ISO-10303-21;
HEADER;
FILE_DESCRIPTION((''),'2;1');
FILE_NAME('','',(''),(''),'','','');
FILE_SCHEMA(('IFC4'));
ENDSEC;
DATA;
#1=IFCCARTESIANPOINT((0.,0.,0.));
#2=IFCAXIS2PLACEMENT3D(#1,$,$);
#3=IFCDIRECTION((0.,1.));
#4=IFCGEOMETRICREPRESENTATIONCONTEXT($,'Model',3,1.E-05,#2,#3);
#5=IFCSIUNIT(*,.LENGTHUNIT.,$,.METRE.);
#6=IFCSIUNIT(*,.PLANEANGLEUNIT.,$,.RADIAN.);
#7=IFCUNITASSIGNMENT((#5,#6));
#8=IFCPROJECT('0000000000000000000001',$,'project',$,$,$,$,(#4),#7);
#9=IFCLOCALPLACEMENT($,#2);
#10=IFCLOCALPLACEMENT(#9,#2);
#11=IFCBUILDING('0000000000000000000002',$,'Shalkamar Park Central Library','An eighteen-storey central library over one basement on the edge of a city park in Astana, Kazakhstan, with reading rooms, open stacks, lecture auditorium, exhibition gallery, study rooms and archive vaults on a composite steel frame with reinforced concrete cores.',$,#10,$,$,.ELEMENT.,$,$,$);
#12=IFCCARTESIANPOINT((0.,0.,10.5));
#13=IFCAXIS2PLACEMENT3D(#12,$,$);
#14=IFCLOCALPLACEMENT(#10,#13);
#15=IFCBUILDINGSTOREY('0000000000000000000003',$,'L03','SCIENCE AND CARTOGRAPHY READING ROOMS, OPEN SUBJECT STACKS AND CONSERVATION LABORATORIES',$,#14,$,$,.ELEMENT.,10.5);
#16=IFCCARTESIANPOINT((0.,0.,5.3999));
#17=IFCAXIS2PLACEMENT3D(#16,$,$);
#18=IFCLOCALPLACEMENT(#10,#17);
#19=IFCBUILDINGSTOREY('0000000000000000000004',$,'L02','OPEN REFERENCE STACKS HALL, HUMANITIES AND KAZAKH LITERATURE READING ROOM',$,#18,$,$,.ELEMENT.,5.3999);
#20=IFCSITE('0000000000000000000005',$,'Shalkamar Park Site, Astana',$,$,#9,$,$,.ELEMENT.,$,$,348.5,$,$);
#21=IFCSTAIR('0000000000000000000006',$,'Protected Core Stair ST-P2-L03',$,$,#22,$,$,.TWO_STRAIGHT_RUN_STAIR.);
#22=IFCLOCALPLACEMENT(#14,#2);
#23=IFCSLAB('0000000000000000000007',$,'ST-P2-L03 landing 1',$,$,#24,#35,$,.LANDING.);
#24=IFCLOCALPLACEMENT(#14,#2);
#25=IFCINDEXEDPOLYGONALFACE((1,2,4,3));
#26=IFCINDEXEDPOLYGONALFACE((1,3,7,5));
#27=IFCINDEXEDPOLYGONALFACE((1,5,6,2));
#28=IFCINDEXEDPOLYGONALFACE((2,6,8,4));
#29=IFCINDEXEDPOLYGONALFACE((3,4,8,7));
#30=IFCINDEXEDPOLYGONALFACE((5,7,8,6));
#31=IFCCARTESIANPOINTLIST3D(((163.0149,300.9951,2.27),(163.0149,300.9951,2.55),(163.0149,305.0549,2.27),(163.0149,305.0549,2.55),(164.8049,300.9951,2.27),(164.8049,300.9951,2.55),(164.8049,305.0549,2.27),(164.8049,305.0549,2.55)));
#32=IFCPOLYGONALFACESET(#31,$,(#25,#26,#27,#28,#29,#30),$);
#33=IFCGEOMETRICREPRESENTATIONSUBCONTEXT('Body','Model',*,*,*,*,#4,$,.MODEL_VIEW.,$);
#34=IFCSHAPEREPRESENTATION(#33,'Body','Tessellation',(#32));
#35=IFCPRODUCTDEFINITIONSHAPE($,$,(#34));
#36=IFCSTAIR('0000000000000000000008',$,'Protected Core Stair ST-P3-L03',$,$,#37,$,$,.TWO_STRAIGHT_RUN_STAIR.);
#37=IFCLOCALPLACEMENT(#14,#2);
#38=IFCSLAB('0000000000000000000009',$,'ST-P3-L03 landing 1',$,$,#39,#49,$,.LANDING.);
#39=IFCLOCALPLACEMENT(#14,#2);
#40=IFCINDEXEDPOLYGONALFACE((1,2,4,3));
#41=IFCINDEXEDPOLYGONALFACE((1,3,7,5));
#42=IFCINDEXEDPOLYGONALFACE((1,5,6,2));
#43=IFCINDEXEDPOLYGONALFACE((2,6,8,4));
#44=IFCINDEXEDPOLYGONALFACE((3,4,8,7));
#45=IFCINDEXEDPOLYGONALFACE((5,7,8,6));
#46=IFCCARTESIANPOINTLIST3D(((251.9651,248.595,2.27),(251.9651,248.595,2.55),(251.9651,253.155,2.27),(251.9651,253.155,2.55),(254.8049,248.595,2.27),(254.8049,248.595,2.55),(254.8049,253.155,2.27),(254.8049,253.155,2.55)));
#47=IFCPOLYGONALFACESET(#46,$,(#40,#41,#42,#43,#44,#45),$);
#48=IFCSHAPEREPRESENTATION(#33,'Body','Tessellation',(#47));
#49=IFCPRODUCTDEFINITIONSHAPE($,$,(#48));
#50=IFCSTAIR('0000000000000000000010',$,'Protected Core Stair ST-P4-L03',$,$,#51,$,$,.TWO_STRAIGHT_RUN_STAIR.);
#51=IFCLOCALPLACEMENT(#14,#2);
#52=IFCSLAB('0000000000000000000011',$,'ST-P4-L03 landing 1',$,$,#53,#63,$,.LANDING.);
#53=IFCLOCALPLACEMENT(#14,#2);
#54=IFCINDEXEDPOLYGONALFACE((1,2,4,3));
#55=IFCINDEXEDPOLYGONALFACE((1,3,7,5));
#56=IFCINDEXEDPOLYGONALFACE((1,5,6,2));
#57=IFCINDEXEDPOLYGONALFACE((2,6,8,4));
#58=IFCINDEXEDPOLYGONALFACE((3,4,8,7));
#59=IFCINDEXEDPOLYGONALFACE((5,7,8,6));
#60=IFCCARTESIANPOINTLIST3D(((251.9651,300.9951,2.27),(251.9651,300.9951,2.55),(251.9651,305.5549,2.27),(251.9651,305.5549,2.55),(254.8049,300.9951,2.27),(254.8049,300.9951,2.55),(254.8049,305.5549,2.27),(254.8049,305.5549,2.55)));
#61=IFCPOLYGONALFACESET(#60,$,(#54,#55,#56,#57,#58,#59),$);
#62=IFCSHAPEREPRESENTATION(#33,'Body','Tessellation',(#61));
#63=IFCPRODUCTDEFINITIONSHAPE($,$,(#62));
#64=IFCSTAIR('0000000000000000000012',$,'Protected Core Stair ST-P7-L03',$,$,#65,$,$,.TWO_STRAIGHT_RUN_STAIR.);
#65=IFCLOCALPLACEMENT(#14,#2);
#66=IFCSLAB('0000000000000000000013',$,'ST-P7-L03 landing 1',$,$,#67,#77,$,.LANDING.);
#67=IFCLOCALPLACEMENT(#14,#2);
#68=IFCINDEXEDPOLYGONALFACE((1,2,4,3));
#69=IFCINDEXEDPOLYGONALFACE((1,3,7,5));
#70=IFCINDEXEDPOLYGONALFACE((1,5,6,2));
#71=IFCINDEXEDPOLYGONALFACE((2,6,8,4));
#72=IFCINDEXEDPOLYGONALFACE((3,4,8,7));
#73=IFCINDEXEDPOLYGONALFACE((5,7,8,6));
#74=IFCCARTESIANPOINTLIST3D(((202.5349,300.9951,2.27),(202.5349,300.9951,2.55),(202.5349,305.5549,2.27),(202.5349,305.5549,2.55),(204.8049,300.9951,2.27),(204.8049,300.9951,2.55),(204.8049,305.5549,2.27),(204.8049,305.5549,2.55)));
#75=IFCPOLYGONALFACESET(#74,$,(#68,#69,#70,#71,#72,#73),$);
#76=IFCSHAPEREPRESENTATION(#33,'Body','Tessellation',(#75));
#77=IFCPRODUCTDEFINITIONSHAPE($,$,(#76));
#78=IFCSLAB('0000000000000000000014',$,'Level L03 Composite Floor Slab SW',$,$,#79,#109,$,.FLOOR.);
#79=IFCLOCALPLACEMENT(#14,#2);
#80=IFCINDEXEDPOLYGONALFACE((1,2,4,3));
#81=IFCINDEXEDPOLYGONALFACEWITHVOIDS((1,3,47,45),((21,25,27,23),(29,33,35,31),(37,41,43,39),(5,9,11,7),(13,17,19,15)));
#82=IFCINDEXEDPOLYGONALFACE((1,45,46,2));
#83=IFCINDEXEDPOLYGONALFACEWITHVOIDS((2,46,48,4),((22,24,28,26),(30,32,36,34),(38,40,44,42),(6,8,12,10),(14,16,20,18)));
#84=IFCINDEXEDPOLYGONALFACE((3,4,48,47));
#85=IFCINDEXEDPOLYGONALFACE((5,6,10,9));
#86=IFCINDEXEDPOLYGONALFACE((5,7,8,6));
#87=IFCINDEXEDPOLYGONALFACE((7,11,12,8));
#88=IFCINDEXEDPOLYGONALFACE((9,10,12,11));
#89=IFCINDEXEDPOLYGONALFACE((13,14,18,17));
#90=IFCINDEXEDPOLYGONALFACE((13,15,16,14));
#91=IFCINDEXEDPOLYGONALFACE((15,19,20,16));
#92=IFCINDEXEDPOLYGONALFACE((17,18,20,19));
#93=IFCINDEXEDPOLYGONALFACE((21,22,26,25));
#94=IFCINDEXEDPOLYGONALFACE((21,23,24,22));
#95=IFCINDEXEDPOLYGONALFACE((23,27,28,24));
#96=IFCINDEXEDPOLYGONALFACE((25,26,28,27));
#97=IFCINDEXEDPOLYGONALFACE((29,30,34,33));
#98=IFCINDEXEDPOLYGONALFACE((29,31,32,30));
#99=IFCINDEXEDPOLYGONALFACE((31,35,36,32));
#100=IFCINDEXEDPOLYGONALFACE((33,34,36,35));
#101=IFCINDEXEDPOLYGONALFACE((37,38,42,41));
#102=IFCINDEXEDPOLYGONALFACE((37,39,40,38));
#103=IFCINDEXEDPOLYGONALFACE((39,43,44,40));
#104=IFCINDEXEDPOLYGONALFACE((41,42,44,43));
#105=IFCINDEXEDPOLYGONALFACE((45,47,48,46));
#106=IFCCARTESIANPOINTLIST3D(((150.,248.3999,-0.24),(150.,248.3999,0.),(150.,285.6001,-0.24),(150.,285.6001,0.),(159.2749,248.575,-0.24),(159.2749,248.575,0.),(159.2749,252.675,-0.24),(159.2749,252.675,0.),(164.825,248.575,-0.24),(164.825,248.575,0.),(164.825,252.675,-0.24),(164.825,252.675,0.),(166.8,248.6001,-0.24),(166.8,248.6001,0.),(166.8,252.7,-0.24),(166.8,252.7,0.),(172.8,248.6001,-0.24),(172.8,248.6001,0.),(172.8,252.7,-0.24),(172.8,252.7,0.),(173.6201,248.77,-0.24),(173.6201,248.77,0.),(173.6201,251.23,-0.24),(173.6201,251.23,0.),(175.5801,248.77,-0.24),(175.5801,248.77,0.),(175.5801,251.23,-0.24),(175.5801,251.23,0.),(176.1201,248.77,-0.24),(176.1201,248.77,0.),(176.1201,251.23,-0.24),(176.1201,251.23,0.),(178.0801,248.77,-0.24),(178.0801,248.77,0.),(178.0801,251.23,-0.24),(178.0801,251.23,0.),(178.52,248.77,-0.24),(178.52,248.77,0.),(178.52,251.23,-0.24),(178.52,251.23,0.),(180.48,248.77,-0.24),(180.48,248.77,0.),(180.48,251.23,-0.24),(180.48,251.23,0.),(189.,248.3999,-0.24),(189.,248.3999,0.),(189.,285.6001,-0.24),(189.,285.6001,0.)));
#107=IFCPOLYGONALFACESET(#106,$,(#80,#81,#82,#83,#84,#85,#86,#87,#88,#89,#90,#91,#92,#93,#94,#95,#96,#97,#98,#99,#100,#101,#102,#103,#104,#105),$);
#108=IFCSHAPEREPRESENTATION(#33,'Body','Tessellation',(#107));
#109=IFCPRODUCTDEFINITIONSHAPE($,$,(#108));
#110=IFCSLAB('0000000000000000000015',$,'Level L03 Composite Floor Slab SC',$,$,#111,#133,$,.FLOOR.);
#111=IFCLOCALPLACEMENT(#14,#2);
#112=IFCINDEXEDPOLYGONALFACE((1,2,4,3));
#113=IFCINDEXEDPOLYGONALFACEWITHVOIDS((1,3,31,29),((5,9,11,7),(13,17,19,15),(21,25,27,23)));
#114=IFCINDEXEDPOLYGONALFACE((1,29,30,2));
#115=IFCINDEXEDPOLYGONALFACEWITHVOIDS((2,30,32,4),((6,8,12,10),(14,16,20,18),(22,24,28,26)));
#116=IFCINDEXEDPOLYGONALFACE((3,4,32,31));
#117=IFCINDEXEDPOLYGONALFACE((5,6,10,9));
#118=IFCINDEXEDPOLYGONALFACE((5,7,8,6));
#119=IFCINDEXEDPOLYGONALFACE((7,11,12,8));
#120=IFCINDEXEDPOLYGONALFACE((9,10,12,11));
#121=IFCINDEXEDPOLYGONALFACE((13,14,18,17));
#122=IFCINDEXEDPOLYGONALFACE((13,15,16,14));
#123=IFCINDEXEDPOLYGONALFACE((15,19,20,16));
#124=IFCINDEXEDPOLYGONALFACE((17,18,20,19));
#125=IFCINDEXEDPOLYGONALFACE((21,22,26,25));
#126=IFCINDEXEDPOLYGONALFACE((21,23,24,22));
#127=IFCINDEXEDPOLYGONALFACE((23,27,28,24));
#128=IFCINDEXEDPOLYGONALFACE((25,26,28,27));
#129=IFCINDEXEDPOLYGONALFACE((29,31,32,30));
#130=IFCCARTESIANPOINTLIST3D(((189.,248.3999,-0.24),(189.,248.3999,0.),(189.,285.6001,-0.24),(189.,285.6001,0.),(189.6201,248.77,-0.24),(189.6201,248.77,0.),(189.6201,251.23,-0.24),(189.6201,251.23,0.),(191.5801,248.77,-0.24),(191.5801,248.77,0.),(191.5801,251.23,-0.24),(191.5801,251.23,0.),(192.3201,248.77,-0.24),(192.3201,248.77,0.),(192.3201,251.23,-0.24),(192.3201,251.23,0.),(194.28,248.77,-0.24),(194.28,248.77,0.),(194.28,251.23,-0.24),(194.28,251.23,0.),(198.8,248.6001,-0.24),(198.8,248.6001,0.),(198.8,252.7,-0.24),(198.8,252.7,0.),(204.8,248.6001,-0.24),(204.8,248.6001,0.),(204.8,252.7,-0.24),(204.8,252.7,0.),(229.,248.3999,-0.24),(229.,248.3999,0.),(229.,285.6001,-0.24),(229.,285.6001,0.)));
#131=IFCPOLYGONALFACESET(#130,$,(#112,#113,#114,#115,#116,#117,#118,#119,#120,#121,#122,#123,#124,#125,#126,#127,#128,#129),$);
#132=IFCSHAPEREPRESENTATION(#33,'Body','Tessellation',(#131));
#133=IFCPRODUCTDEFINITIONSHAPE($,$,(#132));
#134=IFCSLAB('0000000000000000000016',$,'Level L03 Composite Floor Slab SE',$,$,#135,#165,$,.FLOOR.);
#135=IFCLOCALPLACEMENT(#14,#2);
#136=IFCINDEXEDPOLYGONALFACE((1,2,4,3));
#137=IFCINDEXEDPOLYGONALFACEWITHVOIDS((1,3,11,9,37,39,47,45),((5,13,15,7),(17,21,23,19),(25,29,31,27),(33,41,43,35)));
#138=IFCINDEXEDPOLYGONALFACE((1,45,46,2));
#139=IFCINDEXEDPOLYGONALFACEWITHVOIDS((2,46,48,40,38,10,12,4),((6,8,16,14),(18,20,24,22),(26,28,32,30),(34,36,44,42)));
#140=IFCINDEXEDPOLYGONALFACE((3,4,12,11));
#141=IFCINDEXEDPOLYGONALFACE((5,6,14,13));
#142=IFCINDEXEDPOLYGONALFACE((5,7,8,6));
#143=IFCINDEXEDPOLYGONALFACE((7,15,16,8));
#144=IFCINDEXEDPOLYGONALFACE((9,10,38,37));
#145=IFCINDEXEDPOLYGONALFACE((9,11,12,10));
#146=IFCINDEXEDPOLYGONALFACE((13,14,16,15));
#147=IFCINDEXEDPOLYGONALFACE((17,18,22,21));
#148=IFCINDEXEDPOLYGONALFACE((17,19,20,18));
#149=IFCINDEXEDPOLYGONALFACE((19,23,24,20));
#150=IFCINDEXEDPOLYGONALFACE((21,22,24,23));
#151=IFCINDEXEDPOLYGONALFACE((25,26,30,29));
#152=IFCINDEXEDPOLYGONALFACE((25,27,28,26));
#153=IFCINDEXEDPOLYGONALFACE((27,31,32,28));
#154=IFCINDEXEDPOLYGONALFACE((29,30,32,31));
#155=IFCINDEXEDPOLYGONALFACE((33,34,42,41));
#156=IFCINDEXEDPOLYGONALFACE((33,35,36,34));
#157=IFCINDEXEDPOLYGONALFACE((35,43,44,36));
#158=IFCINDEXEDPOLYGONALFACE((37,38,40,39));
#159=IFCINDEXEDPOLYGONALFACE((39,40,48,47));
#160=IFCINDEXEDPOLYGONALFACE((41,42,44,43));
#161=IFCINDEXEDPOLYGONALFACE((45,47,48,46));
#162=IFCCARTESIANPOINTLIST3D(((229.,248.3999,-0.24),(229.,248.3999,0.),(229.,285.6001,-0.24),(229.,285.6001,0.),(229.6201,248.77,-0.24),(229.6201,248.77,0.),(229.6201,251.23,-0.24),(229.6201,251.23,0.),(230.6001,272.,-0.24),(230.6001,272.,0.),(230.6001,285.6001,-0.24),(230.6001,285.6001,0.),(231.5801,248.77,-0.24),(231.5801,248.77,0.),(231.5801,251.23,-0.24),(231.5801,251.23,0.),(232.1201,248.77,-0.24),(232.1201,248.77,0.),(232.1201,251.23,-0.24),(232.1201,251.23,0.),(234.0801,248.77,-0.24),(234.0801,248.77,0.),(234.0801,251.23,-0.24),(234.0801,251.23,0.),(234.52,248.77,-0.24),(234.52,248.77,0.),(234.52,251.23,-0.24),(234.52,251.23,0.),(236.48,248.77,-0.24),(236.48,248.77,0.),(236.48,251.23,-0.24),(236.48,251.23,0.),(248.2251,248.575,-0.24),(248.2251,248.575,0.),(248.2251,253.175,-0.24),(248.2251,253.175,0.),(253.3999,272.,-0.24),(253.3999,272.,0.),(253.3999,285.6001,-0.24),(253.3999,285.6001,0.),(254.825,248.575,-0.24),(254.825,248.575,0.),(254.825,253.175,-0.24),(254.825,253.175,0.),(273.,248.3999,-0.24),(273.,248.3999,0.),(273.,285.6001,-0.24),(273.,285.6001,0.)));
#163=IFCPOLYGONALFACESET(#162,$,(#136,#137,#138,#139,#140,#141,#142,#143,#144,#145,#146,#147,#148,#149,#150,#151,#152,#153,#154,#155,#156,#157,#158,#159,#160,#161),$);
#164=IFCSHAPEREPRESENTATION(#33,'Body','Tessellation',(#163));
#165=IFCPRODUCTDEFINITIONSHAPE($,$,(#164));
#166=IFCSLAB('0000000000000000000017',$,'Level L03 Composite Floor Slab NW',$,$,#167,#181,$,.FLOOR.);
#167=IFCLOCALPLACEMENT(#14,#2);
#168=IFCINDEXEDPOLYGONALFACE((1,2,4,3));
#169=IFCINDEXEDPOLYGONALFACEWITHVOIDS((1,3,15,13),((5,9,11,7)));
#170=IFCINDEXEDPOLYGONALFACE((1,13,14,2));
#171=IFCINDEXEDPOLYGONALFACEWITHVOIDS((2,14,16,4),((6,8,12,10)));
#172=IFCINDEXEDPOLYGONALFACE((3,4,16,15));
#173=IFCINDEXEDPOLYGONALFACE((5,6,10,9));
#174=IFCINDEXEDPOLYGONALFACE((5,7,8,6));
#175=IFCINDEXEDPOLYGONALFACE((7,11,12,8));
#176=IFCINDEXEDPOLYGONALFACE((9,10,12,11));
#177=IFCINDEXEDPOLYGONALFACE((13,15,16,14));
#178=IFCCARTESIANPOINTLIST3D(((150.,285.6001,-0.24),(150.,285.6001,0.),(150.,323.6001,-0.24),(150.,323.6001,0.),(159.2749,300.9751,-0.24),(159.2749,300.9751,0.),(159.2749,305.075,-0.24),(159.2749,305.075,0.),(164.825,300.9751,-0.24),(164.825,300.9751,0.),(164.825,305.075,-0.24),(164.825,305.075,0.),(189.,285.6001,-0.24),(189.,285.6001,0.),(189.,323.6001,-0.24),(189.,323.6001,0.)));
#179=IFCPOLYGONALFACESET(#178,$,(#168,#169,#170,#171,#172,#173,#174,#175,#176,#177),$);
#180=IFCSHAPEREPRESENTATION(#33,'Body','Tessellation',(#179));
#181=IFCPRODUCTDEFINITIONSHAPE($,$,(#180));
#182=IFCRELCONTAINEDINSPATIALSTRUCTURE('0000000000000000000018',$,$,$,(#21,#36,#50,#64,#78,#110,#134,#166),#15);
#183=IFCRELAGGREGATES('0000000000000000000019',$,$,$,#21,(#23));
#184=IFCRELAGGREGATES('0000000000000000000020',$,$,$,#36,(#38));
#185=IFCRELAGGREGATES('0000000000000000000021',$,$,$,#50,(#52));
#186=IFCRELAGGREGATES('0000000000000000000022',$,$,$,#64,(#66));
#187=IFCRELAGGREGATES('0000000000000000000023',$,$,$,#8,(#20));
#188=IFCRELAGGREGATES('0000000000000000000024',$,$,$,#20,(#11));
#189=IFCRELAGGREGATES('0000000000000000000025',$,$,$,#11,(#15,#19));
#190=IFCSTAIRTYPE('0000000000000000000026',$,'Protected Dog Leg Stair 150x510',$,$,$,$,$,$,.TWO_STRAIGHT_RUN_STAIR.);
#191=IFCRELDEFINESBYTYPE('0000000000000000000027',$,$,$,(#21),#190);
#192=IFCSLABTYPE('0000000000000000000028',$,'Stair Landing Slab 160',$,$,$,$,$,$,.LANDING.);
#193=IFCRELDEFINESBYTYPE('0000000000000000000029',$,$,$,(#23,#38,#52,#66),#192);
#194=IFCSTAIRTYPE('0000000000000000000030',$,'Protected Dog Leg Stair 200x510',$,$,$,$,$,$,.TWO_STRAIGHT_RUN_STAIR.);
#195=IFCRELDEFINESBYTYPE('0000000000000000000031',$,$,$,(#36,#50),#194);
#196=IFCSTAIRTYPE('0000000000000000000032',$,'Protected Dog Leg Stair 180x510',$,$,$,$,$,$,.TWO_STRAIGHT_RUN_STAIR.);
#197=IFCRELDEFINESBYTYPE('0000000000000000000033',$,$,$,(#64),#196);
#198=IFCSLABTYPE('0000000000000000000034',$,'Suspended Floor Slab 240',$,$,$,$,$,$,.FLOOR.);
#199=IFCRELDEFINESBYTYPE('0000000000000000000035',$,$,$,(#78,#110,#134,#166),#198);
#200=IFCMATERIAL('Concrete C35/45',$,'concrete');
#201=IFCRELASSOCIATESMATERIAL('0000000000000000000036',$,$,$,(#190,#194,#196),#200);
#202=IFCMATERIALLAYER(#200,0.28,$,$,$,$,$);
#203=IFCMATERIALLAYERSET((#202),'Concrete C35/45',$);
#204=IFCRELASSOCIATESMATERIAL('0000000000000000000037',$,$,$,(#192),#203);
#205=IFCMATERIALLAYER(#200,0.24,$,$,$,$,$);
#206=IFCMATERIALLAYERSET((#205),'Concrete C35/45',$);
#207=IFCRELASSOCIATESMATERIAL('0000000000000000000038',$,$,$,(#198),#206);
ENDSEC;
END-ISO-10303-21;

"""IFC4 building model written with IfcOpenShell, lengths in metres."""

from ifc_helpers import new_model, si_unit, direction, frame, origin, place, context, subcontext, project, spatial, polyline, outline, extrude, material, layer, layer_set, type_object, element, aggregate, save


model = new_model("IFC4")

# Units and contexts
model_context = context("Model", 3, precision=1e-05, world=origin(), true_north=direction((0.0, 1.0)))
body_context = subcontext(model_context, "Body", "Model", "MODEL_VIEW")
ifc_project = project(units=[si_unit("LENGTHUNIT", "METRE"), si_unit("PLANEANGLEUNIT", "RADIAN")], contexts=[model_context])

# Site, building, storey
site_placement = place(None, origin())
site = spatial("IfcSite", under=ifc_project, at=site_placement, Name="Shalkamar Park Site, Astana", CompositionType="ELEMENT", RefElevation=348.5)
building_placement = place(site_placement, origin())
building = spatial("IfcBuilding", under=site, at=building_placement, Name="Shalkamar Park Central Library", Description="An eighteen-storey central library over one basement on the edge of a city park in Astana, Kazakhstan, with reading rooms, open stacks, lecture auditorium, exhibition gallery, study rooms and archive vaults on a composite steel frame with reinforced concrete cores.", CompositionType="ELEMENT")
storey_1_placement = place(building_placement, frame((0.0, 0.0, 10.5)))
storey_1 = spatial("IfcBuildingStorey", under=building, at=storey_1_placement, Name="L03", Description="SCIENCE AND CARTOGRAPHY READING ROOMS, OPEN SUBJECT STACKS AND CONSERVATION LABORATORIES", CompositionType="ELEMENT", Elevation=10.5)

# Shared definitions
ifc_material_1 = material(Name="Concrete C35/45", Category="concrete")

# Shared definitions
storey_2_placement = place(building_placement, frame((0.0, 0.0, 5.3999)))
storey_2 = spatial("IfcBuildingStorey", under=building, at=storey_2_placement, Name="L02", Description="OPEN REFERENCE STACKS HALL, HUMANITIES AND KAZAKH LITERATURE READING ROOM", CompositionType="ELEMENT", Elevation=5.3999)

# Stairs, slabs
stair_type_1 = type_object("IfcStairType", Name="Protected Dog Leg Stair 150x510", PredefinedType="TWO_STRAIGHT_RUN_STAIR", material=ifc_material_1)
ifc_layer_1 = layer(ifc_material_1, 0.28)
ifc_layer_set_1 = layer_set([ifc_layer_1], Name="Concrete C35/45")
slab_type_1 = type_object("IfcSlabType", Name="Stair Landing Slab 160", PredefinedType="LANDING", material=ifc_layer_set_1)
stair_1_placement = place(storey_1_placement, origin())
stair_1 = element("IfcStair", 1, at=stair_1_placement, inside=storey_1, type_object=stair_type_1, Name="Protected Core Stair ST-P2-L03", PredefinedType="TWO_STRAIGHT_RUN_STAIR")
slab_1_placement = place(storey_1_placement, frame((0.0, 0.0, 2.27)))
slab_1 = element("IfcSlab", 2, at=slab_1_placement, type_object=slab_type_1, Name="ST-P2-L03 landing 1", PredefinedType="LANDING", context=body_context, shape_type="SweptSolid", body=[
    extrude(outline(polyline([(163.0149, 300.9951), (164.8049, 300.9951), (164.8049, 305.0549), (163.0149, 305.0549), (163.0149, 300.9951)])), origin(), (0.0, 0.0, 1.0), 0.28),
])
aggregate(stair_1, [slab_1])
stair_type_2 = type_object("IfcStairType", Name="Protected Dog Leg Stair 200x510", PredefinedType="TWO_STRAIGHT_RUN_STAIR", material=ifc_material_1)
stair_2_placement = place(storey_1_placement, origin())
stair_2 = element("IfcStair", 3, at=stair_2_placement, inside=storey_1, type_object=stair_type_2, Name="Protected Core Stair ST-P3-L03", PredefinedType="TWO_STRAIGHT_RUN_STAIR")
slab_2_placement = place(storey_1_placement, frame((0.0, 0.0, 2.27)))
slab_2 = element("IfcSlab", 4, at=slab_2_placement, type_object=slab_type_1, Name="ST-P3-L03 landing 1", PredefinedType="LANDING", context=body_context, shape_type="SweptSolid", body=[
    extrude(outline(polyline([(251.9651, 248.595), (254.8049, 248.595), (254.8049, 253.155), (251.9651, 253.155), (251.9651, 248.595)])), origin(), (0.0, 0.0, 1.0), 0.28),
])
aggregate(stair_2, [slab_2])
stair_3_placement = place(storey_1_placement, origin())
stair_3 = element("IfcStair", 5, at=stair_3_placement, inside=storey_1, type_object=stair_type_2, Name="Protected Core Stair ST-P4-L03", PredefinedType="TWO_STRAIGHT_RUN_STAIR")
slab_3_placement = place(storey_1_placement, frame((0.0, 0.0, 2.27)))
slab_3 = element("IfcSlab", 6, at=slab_3_placement, type_object=slab_type_1, Name="ST-P4-L03 landing 1", PredefinedType="LANDING", context=body_context, shape_type="SweptSolid", body=[
    extrude(outline(polyline([(251.9651, 300.9951), (254.8049, 300.9951), (254.8049, 305.5549), (251.9651, 305.5549), (251.9651, 300.9951)])), origin(), (0.0, 0.0, 1.0), 0.28),
])
aggregate(stair_3, [slab_3])
stair_type_3 = type_object("IfcStairType", Name="Protected Dog Leg Stair 180x510", PredefinedType="TWO_STRAIGHT_RUN_STAIR", material=ifc_material_1)
stair_4_placement = place(storey_1_placement, origin())
stair_4 = element("IfcStair", 7, at=stair_4_placement, inside=storey_1, type_object=stair_type_3, Name="Protected Core Stair ST-P7-L03", PredefinedType="TWO_STRAIGHT_RUN_STAIR")
slab_4_placement = place(storey_1_placement, frame((0.0, 0.0, 2.27)))
slab_4 = element("IfcSlab", 8, at=slab_4_placement, type_object=slab_type_1, Name="ST-P7-L03 landing 1", PredefinedType="LANDING", context=body_context, shape_type="SweptSolid", body=[
    extrude(outline(polyline([(202.5349, 300.9951), (204.8049, 300.9951), (204.8049, 305.5549), (202.5349, 305.5549), (202.5349, 300.9951)])), origin(), (0.0, 0.0, 1.0), 0.28),
])
aggregate(stair_4, [slab_4])

# Slabs
ifc_layer_2 = layer(ifc_material_1, 0.24)
ifc_layer_set_2 = layer_set([ifc_layer_2], Name="Concrete C35/45")
slab_type_2 = type_object("IfcSlabType", Name="Suspended Floor Slab 240", PredefinedType="FLOOR", material=ifc_layer_set_2)
slab_5_placement = place(storey_1_placement, frame((0.0, 0.0, -0.24)))
element("IfcSlab", 9, at=slab_5_placement, inside=storey_1, type_object=slab_type_2, Name="Level L03 Composite Floor Slab SW", PredefinedType="FLOOR", context=body_context, shape_type="SweptSolid", body=[
    extrude(outline(polyline([(150.0, 248.3999), (150.0, 285.6001), (189.0, 285.6001), (189.0, 248.3999), (150.0, 248.3999)]), holes=[polyline([(175.5801, 251.23), (173.6201, 251.23), (173.6201, 248.77), (175.5801, 248.77), (175.5801, 251.23)]), polyline([(178.0801, 251.23), (176.1201, 251.23), (176.1201, 248.77), (178.0801, 248.77), (178.0801, 251.23)]), polyline([(180.48, 251.23), (178.52, 251.23), (178.52, 248.77), (180.48, 248.77), (180.48, 251.23)]), polyline([(164.825, 252.675), (159.2749, 252.675), (159.2749, 248.575), (164.825, 248.575), (164.825, 252.675)]), polyline([(172.8, 252.7), (166.8, 252.7), (166.8, 248.6001), (172.8, 248.6001), (172.8, 252.7)])]), origin(), (0.0, 0.0, 1.0), 0.24),
])
slab_6_placement = place(storey_1_placement, frame((0.0, 0.0, -0.24)))
element("IfcSlab", 10, at=slab_6_placement, inside=storey_1, type_object=slab_type_2, Name="Level L03 Composite Floor Slab SC", PredefinedType="FLOOR", context=body_context, shape_type="SweptSolid", body=[
    extrude(outline(polyline([(189.0, 248.3999), (189.0, 285.6001), (229.0, 285.6001), (229.0, 248.3999), (189.0, 248.3999)]), holes=[polyline([(191.5801, 251.23), (189.6201, 251.23), (189.6201, 248.77), (191.5801, 248.77), (191.5801, 251.23)]), polyline([(194.28, 251.23), (192.3201, 251.23), (192.3201, 248.77), (194.28, 248.77), (194.28, 251.23)]), polyline([(204.8, 252.7), (198.8, 252.7), (198.8, 248.6001), (204.8, 248.6001), (204.8, 252.7)])]), origin(), (0.0, 0.0, 1.0), 0.24),
])
slab_7_placement = place(storey_1_placement, frame((0.0, 0.0, -0.24)))
element("IfcSlab", 11, at=slab_7_placement, inside=storey_1, type_object=slab_type_2, Name="Level L03 Composite Floor Slab SE", PredefinedType="FLOOR", context=body_context, shape_type="SweptSolid", body=[
    extrude(outline(polyline([(273.0, 285.6001), (273.0, 248.3999), (229.0, 248.3999), (229.0, 285.6001), (230.6001, 285.6001), (230.6001, 272.0), (253.3999, 272.0), (253.3999, 285.6001), (273.0, 285.6001)]), holes=[polyline([(231.5801, 251.23), (229.6201, 251.23), (229.6201, 248.77), (231.5801, 248.77), (231.5801, 251.23)]), polyline([(234.0801, 251.23), (232.1201, 251.23), (232.1201, 248.77), (234.0801, 248.77), (234.0801, 251.23)]), polyline([(236.48, 251.23), (234.52, 251.23), (234.52, 248.77), (236.48, 248.77), (236.48, 251.23)]), polyline([(254.825, 253.175), (248.2251, 253.175), (248.2251, 248.575), (254.825, 248.575), (254.825, 253.175)])]), origin(), (0.0, 0.0, 1.0), 0.24),
])
slab_8_placement = place(storey_1_placement, frame((0.0, 0.0, -0.24)))
element("IfcSlab", 12, at=slab_8_placement, inside=storey_1, type_object=slab_type_2, Name="Level L03 Composite Floor Slab NW", PredefinedType="FLOOR", context=body_context, shape_type="SweptSolid", body=[
    extrude(outline(polyline([(150.0, 285.6001), (150.0, 323.6001), (189.0, 323.6001), (189.0, 285.6001), (150.0, 285.6001)]), holes=[polyline([(164.825, 305.075), (159.2749, 305.075), (159.2749, 300.9751), (164.825, 300.9751), (164.825, 305.075)])]), origin(), (0.0, 0.0, 1.0), 0.24),
])

save(model, "model.ifc")
